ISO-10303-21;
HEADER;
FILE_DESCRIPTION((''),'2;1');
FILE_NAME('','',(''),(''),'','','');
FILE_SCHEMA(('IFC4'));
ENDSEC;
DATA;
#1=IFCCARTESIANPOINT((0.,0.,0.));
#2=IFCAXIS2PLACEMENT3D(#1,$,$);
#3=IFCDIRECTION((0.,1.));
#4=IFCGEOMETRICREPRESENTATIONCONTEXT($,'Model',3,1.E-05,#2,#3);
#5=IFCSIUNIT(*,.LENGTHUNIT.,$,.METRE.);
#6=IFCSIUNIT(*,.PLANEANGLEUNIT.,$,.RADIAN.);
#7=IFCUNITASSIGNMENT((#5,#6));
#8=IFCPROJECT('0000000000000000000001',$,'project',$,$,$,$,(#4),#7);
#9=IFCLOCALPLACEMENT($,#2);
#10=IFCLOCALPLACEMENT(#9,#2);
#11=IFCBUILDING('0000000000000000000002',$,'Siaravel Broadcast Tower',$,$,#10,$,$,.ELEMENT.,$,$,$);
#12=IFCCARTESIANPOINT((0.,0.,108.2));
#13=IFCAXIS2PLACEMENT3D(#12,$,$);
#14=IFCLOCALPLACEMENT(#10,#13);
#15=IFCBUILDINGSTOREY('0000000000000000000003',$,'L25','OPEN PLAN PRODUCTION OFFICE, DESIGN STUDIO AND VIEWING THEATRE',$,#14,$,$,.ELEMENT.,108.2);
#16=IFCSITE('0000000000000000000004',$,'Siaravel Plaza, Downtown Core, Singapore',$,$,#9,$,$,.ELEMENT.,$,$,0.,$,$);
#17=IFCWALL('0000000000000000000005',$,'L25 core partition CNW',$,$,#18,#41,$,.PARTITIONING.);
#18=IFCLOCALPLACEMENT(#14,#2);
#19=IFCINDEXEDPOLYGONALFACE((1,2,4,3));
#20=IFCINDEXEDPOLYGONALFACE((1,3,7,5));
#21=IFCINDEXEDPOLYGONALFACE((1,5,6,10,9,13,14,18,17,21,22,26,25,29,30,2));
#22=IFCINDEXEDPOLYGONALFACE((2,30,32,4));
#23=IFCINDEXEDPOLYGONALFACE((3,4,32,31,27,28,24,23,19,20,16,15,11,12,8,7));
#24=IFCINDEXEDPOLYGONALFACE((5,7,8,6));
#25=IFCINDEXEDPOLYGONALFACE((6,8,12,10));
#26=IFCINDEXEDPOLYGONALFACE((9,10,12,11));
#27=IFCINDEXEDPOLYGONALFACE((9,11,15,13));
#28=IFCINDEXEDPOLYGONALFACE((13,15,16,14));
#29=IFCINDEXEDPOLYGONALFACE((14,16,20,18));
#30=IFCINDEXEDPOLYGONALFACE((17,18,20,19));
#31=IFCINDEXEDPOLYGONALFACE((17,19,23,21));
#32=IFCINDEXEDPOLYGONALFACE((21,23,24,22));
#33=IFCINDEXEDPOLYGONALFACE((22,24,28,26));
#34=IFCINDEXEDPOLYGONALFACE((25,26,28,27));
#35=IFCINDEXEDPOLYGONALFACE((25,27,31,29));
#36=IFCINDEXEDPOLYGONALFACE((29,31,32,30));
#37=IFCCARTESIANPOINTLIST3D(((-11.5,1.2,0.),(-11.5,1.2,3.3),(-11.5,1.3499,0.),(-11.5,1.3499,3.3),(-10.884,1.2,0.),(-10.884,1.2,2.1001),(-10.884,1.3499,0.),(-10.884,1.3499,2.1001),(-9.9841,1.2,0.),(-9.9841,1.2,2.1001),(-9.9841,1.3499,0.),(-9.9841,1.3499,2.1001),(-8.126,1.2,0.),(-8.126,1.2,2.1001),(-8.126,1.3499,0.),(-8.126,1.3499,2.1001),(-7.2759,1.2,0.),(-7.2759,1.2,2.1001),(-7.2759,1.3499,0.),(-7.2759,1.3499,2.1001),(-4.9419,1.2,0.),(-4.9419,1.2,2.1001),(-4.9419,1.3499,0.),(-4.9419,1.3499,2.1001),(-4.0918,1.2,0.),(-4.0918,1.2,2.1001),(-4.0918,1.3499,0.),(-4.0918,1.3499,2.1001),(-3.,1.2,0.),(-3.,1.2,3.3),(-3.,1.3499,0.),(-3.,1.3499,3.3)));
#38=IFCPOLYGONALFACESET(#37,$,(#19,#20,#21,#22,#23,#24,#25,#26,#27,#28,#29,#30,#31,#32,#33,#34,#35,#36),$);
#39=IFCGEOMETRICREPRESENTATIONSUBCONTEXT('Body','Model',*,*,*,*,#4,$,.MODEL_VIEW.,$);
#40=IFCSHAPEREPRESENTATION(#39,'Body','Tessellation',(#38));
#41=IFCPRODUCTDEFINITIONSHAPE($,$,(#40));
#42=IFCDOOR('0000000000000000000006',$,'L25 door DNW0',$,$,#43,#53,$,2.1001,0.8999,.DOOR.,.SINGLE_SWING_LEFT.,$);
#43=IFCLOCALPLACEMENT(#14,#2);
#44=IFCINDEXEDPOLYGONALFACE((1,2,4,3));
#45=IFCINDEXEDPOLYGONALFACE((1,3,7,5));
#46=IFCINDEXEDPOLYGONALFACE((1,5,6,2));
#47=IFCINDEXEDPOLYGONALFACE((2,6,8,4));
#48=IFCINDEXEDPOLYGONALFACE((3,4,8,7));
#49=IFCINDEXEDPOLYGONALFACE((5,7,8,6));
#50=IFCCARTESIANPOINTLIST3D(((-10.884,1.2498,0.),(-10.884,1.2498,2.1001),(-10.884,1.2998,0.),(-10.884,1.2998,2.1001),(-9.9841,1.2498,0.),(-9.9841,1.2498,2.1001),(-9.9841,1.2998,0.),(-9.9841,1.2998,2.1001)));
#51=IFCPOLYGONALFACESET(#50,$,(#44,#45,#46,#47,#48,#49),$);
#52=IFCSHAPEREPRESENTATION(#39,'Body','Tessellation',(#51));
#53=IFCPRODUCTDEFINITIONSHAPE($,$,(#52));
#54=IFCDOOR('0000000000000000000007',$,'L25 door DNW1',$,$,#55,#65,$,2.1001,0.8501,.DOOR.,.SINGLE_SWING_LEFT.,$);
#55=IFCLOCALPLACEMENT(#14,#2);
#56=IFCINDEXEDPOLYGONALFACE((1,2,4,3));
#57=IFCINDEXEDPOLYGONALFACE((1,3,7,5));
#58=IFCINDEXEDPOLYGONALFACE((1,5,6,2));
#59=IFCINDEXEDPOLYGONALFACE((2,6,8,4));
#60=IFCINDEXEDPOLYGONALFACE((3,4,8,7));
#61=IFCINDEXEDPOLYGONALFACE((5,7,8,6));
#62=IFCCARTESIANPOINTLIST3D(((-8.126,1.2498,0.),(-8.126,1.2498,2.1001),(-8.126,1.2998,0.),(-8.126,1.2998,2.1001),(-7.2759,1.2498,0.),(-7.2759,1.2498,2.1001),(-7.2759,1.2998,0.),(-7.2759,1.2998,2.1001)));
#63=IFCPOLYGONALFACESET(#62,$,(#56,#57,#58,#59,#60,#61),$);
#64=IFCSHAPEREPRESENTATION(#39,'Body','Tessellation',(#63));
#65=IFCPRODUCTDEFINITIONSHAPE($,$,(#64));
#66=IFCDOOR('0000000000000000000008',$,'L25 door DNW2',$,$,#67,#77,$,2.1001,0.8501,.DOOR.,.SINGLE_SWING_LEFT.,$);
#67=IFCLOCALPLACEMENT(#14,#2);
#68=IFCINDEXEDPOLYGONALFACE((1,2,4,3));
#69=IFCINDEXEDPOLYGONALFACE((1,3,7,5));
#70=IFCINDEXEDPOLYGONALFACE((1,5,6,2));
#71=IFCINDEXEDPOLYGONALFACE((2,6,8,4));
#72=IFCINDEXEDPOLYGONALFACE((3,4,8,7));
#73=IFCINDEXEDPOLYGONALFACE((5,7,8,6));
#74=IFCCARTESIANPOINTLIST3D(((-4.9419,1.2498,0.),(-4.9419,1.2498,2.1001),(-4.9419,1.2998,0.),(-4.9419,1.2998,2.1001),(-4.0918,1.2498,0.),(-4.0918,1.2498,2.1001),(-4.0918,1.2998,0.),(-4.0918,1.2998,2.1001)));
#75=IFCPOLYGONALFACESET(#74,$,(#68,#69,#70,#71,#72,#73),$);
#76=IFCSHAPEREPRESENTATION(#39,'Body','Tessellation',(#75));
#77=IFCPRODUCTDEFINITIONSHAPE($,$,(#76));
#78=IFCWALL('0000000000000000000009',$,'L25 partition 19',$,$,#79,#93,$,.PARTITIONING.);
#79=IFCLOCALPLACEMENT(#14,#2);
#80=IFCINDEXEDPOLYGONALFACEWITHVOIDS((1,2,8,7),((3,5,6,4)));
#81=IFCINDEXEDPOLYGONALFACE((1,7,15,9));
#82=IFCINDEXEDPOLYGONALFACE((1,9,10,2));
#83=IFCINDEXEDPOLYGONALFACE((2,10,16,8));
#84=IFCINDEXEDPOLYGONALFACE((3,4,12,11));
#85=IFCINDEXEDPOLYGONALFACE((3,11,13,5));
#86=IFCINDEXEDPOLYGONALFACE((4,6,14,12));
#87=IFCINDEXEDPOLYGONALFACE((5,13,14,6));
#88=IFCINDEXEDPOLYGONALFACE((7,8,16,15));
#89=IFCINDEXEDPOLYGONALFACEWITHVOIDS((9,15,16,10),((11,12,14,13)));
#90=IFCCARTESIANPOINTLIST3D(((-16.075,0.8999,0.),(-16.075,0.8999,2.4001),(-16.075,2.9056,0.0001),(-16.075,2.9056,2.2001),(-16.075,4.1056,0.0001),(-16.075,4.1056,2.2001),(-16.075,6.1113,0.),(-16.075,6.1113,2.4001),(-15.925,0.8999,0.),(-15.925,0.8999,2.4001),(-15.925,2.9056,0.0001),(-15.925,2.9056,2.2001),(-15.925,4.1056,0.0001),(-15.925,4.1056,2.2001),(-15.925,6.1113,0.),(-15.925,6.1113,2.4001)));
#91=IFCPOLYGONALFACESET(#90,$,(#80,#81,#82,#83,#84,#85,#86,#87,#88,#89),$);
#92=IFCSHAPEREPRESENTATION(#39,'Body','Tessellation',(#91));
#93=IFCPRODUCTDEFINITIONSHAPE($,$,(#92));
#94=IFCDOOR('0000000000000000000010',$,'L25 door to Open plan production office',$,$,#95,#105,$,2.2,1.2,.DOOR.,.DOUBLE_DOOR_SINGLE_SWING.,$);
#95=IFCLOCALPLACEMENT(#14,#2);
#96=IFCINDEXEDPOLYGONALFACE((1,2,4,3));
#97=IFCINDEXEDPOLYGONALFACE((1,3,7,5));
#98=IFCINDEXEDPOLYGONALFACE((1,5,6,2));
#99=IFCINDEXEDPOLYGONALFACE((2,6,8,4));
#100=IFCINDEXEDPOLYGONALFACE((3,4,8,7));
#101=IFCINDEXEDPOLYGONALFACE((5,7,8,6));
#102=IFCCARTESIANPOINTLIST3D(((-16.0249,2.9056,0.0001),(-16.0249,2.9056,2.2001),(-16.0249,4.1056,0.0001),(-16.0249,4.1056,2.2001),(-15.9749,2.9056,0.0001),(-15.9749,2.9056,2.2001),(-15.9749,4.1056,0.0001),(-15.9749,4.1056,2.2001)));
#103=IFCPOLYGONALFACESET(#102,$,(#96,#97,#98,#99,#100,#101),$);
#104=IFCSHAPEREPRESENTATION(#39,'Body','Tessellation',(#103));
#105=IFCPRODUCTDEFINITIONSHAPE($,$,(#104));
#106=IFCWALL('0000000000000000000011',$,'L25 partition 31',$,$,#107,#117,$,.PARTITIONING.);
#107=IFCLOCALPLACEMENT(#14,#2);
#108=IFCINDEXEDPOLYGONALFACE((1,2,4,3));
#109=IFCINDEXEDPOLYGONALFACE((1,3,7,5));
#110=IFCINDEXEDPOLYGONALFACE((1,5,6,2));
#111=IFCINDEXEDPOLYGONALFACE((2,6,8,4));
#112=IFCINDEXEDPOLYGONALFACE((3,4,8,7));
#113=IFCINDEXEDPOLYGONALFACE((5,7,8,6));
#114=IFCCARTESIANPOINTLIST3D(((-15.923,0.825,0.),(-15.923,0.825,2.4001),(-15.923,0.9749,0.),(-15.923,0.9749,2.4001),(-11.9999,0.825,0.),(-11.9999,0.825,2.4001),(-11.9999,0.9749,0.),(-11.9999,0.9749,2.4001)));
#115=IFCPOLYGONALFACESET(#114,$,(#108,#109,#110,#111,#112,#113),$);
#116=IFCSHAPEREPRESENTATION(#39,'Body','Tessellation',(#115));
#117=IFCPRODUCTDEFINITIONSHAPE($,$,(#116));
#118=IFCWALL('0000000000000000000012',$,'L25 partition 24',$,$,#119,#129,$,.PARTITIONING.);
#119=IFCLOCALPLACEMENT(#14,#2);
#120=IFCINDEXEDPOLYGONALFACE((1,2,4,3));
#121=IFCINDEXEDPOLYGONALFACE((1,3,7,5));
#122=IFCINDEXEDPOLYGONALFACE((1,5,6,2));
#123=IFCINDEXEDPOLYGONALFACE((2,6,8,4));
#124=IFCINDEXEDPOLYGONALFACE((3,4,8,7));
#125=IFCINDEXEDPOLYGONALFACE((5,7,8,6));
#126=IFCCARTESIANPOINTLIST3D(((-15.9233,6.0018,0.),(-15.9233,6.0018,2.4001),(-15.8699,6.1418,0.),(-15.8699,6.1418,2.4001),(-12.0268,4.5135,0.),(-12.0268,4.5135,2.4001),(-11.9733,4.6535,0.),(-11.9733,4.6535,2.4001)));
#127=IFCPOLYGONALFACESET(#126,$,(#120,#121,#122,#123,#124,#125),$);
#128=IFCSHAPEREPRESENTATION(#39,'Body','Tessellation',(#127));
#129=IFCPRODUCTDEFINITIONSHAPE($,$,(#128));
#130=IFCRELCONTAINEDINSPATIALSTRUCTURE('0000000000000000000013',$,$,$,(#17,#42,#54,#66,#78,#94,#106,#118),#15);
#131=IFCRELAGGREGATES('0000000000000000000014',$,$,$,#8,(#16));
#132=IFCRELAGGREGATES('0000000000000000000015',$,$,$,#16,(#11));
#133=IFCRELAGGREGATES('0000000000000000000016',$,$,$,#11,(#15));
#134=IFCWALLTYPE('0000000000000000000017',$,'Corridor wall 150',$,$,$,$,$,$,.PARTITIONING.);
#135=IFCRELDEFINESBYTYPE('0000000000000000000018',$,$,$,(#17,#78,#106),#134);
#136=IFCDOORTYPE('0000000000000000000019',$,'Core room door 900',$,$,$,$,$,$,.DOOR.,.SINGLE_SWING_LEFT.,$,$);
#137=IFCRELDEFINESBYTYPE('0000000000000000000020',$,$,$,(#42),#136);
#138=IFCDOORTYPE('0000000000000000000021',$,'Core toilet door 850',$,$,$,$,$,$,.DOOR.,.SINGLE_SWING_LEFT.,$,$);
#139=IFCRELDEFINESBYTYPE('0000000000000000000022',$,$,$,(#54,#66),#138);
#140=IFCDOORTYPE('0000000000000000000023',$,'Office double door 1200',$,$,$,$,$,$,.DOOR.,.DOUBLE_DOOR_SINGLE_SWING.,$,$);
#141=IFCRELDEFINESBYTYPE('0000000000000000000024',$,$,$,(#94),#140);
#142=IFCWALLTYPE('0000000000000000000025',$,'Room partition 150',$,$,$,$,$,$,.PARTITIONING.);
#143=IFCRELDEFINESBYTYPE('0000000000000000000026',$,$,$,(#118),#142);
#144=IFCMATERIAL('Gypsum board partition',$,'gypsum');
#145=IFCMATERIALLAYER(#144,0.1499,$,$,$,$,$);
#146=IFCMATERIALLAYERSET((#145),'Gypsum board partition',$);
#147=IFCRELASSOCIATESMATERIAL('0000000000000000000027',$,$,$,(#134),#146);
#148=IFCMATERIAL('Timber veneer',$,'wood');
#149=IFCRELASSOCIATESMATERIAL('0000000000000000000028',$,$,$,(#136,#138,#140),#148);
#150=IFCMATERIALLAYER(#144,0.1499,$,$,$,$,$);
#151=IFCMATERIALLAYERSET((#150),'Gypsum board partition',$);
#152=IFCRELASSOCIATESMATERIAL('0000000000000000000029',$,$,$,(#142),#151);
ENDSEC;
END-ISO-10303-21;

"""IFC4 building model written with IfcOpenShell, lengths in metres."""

from ifc_helpers import new_model, si_unit, direction, frame, frame_2d, origin, place, context, subcontext, project, spatial, rectangle, extrude, material, layer, layer_set, type_object, element, fill, save


model = new_model("IFC4")

# Units and contexts
model_context = context("Model", 3, precision=1e-05, world=origin(), true_north=direction((0.0, 1.0)))
body_context = subcontext(model_context, "Body", "Model", "MODEL_VIEW")
ifc_project = project(units=[si_unit("LENGTHUNIT", "METRE"), si_unit("PLANEANGLEUNIT", "RADIAN")], contexts=[model_context])

# Site, building, storey
site_placement = place(None, origin())
site = spatial("IfcSite", under=ifc_project, at=site_placement, Name="Siaravel Plaza, Downtown Core, Singapore", CompositionType="ELEMENT", RefElevation=0.0)
building_placement = place(site_placement, origin())
building = spatial("IfcBuilding", under=site, at=building_placement, Name="Siaravel Broadcast Tower", CompositionType="ELEMENT")
storey_placement = place(building_placement, frame((0.0, 0.0, 108.2)))
storey = spatial("IfcBuildingStorey", under=building, at=storey_placement, Name="L25", Description="OPEN PLAN PRODUCTION OFFICE, DESIGN STUDIO AND VIEWING THEATRE", CompositionType="ELEMENT", Elevation=108.2)

# Wall, openings, doors
ifc_material_1 = material(Name="Gypsum board partition", Category="gypsum")
ifc_layer_1 = layer(ifc_material_1, 0.1499)
ifc_layer_set_1 = layer_set([ifc_layer_1], Name="Gypsum board partition")
wall_type_1 = type_object("IfcWallType", Name="Corridor wall 150", PredefinedType="PARTITIONING", material=ifc_layer_set_1)
wall_1_placement = place(storey_placement, frame((-11.5, 1.2749, 0.0), z_axis=(0.0, 0.0, 1.0), x_axis=(1.0, 0.0, 0.0)))
wall_1 = element("IfcWall", 1, at=wall_1_placement, inside=storey, type_object=wall_type_1, Name="L25 core partition CNW", PredefinedType="PARTITIONING", context=body_context, shape_type="SweptSolid", body=[
    extrude(rectangle(XDim=8.5, YDim=0.1499, at=frame_2d((4.25, 0.0))), origin(), (0.0, 0.0, 1.0), 3.3),
])
opening_1_placement = place(wall_1_placement, frame((0.616, 0.0, 0.0)))
opening_1 = element("IfcOpeningElement", 2, at=opening_1_placement, cuts=wall_1, PredefinedType="OPENING", context=body_context, shape_type="SweptSolid", body=[
    extrude(rectangle(XDim=0.8999, YDim=2.1001, at=frame_2d((0.45, 1.05))), frame((0.0, 0.085, 0.0), z_axis=(0.0, -1.0, 0.0), x_axis=(1.0, 0.0, 0.0)), (0.0, 0.0, 1.0), 0.1699),
])
opening_2_placement = place(wall_1_placement, frame((3.374, 0.0, 0.0)))
opening_2 = element("IfcOpeningElement", 3, at=opening_2_placement, cuts=wall_1, PredefinedType="OPENING", context=body_context, shape_type="SweptSolid", body=[
    extrude(rectangle(XDim=0.8501, YDim=2.1001, at=frame_2d((0.425, 1.05))), frame((0.0, 0.085, 0.0), z_axis=(0.0, -1.0, 0.0), x_axis=(1.0, 0.0, 0.0)), (0.0, 0.0, 1.0), 0.1699),
])
opening_3_placement = place(wall_1_placement, frame((6.5581, 0.0, 0.0)))
opening_3 = element("IfcOpeningElement", 4, at=opening_3_placement, cuts=wall_1, PredefinedType="OPENING", context=body_context, shape_type="SweptSolid", body=[
    extrude(rectangle(XDim=0.8501, YDim=2.1001, at=frame_2d((0.425, 1.05))), frame((0.0, 0.085, 0.0), z_axis=(0.0, -1.0, 0.0), x_axis=(1.0, 0.0, 0.0)), (0.0, 0.0, 1.0), 0.1699),
])
ifc_material_2 = material(Name="Timber veneer", Category="wood")
door_type_1 = type_object("IfcDoorType", Name="Core room door 900", OperationType="SINGLE_SWING_LEFT", PredefinedType="DOOR", material=ifc_material_2)
door_1_placement = place(opening_1_placement, origin())
door_1 = element("IfcDoor", 5, at=door_1_placement, inside=storey, type_object=door_type_1, Name="L25 door DNW0", OperationType="SINGLE_SWING_LEFT", OverallHeight=2.1001, OverallWidth=0.8999, PredefinedType="DOOR", context=body_context, shape_type="SweptSolid", body=[
    extrude(rectangle(XDim=0.8999, YDim=2.1001, at=frame_2d((0.45, 1.05))), frame((0.0, 0.0249, 0.0), z_axis=(0.0, -1.0, 0.0), x_axis=(1.0, 0.0, 0.0)), (0.0, 0.0, 1.0), 0.05),
])
fill(opening_1, door_1)
door_type_2 = type_object("IfcDoorType", Name="Core toilet door 850", OperationType="SINGLE_SWING_LEFT", PredefinedType="DOOR", material=ifc_material_2)
door_2_placement = place(opening_2_placement, origin())
door_2 = element("IfcDoor", 6, at=door_2_placement, inside=storey, type_object=door_type_2, Name="L25 door DNW1", OperationType="SINGLE_SWING_LEFT", OverallHeight=2.1001, OverallWidth=0.8501, PredefinedType="DOOR", context=body_context, shape_type="SweptSolid", body=[
    extrude(rectangle(XDim=0.8501, YDim=2.1001, at=frame_2d((0.425, 1.05))), frame((0.0, 0.0249, 0.0), z_axis=(0.0, -1.0, 0.0), x_axis=(1.0, 0.0, 0.0)), (0.0, 0.0, 1.0), 0.05),
])
fill(opening_2, door_2)
door_3_placement = place(opening_3_placement, origin())
door_3 = element("IfcDoor", 7, at=door_3_placement, inside=storey, type_object=door_type_2, Name="L25 door DNW2", OperationType="SINGLE_SWING_LEFT", OverallHeight=2.1001, OverallWidth=0.8501, PredefinedType="DOOR", context=body_context, shape_type="SweptSolid", body=[
    extrude(rectangle(XDim=0.8501, YDim=2.1001, at=frame_2d((0.425, 1.05))), frame((0.0, 0.0249, 0.0), z_axis=(0.0, -1.0, 0.0), x_axis=(1.0, 0.0, 0.0)), (0.0, 0.0, 1.0), 0.05),
])
fill(opening_3, door_3)

# Wall, opening, door
wall_2_placement = place(storey_placement, frame((-16.0, 0.8999, 0.0), z_axis=(0.0, 0.0, 1.0), x_axis=(0.0, 1.0, 0.0)))
wall_2 = element("IfcWall", 8, at=wall_2_placement, inside=storey, type_object=wall_type_1, Name="L25 partition 19", PredefinedType="PARTITIONING", context=body_context, shape_type="SweptSolid", body=[
    extrude(rectangle(XDim=5.2114, YDim=0.1499, at=frame_2d((2.6057, 0.0))), origin(), (0.0, 0.0, 1.0), 2.4001),
])
opening_4_placement = place(wall_2_placement, frame((2.0056, 0.0, 0.0)))
opening_4 = element("IfcOpeningElement", 9, at=opening_4_placement, cuts=wall_2, PredefinedType="OPENING", context=body_context, shape_type="SweptSolid", body=[
    extrude(rectangle(XDim=1.2, YDim=2.2, at=frame_2d((0.6001, 1.1001))), frame((0.0, 0.085, 0.0), z_axis=(0.0, -1.0, 0.0), x_axis=(1.0, 0.0, 0.0)), (0.0, 0.0, 1.0), 0.1699),
])
door_type_3 = type_object("IfcDoorType", Name="Office double door 1200", OperationType="DOUBLE_DOOR_SINGLE_SWING", PredefinedType="DOOR", material=ifc_material_2)
door_4_placement = place(opening_4_placement, origin())
door_4 = element("IfcDoor", 10, at=door_4_placement, inside=storey, type_object=door_type_3, Name="L25 door to Open plan production office", OperationType="DOUBLE_DOOR_SINGLE_SWING", OverallHeight=2.2, OverallWidth=1.2, PredefinedType="DOOR", context=body_context, shape_type="SweptSolid", body=[
    extrude(rectangle(XDim=1.2, YDim=2.2, at=frame_2d((0.6001, 1.1001))), frame((0.0, 0.0249, 0.0), z_axis=(0.0, -1.0, 0.0), x_axis=(1.0, 0.0, 0.0)), (0.0, 0.0, 1.0), 0.05),
])
fill(opening_4, door_4)

# Walls
wall_3_placement = place(storey_placement, frame((-12.0, 0.8999, 0.0), z_axis=(0.0, 0.0, 1.0), x_axis=(-1.0, 0.0, 0.0)))
element("IfcWall", 11, at=wall_3_placement, inside=storey, type_object=wall_type_1, Name="L25 partition 31", PredefinedType="PARTITIONING", context=body_context, shape_type="SweptSolid", body=[
    extrude(rectangle(XDim=3.9231, YDim=0.1499, at=frame_2d((1.9614, 0.0))), origin(), (0.0, 0.0, 1.0), 2.4001),
])
ifc_layer_2 = layer(ifc_material_1, 0.1499)
ifc_layer_set_2 = layer_set([ifc_layer_2], Name="Gypsum board partition")
wall_type_2 = type_object("IfcWallType", Name="Room partition 150", PredefinedType="PARTITIONING", material=ifc_layer_set_2)
wall_4_placement = place(storey_placement, frame((-15.8965, 6.0718, 0.0), z_axis=(0.0, 0.0, 1.0), x_axis=(0.934176, -0.356813, 0.0)))
element("IfcWall", 12, at=wall_4_placement, inside=storey, type_object=wall_type_2, Name="L25 partition 24", PredefinedType="PARTITIONING", context=body_context, shape_type="SweptSolid", body=[
    extrude(rectangle(XDim=4.1711, YDim=0.1499, at=frame_2d((2.0854, 0.0))), origin(), (0.0, 0.0, 1.0), 2.4001),
])

save(model, "model.ifc")
